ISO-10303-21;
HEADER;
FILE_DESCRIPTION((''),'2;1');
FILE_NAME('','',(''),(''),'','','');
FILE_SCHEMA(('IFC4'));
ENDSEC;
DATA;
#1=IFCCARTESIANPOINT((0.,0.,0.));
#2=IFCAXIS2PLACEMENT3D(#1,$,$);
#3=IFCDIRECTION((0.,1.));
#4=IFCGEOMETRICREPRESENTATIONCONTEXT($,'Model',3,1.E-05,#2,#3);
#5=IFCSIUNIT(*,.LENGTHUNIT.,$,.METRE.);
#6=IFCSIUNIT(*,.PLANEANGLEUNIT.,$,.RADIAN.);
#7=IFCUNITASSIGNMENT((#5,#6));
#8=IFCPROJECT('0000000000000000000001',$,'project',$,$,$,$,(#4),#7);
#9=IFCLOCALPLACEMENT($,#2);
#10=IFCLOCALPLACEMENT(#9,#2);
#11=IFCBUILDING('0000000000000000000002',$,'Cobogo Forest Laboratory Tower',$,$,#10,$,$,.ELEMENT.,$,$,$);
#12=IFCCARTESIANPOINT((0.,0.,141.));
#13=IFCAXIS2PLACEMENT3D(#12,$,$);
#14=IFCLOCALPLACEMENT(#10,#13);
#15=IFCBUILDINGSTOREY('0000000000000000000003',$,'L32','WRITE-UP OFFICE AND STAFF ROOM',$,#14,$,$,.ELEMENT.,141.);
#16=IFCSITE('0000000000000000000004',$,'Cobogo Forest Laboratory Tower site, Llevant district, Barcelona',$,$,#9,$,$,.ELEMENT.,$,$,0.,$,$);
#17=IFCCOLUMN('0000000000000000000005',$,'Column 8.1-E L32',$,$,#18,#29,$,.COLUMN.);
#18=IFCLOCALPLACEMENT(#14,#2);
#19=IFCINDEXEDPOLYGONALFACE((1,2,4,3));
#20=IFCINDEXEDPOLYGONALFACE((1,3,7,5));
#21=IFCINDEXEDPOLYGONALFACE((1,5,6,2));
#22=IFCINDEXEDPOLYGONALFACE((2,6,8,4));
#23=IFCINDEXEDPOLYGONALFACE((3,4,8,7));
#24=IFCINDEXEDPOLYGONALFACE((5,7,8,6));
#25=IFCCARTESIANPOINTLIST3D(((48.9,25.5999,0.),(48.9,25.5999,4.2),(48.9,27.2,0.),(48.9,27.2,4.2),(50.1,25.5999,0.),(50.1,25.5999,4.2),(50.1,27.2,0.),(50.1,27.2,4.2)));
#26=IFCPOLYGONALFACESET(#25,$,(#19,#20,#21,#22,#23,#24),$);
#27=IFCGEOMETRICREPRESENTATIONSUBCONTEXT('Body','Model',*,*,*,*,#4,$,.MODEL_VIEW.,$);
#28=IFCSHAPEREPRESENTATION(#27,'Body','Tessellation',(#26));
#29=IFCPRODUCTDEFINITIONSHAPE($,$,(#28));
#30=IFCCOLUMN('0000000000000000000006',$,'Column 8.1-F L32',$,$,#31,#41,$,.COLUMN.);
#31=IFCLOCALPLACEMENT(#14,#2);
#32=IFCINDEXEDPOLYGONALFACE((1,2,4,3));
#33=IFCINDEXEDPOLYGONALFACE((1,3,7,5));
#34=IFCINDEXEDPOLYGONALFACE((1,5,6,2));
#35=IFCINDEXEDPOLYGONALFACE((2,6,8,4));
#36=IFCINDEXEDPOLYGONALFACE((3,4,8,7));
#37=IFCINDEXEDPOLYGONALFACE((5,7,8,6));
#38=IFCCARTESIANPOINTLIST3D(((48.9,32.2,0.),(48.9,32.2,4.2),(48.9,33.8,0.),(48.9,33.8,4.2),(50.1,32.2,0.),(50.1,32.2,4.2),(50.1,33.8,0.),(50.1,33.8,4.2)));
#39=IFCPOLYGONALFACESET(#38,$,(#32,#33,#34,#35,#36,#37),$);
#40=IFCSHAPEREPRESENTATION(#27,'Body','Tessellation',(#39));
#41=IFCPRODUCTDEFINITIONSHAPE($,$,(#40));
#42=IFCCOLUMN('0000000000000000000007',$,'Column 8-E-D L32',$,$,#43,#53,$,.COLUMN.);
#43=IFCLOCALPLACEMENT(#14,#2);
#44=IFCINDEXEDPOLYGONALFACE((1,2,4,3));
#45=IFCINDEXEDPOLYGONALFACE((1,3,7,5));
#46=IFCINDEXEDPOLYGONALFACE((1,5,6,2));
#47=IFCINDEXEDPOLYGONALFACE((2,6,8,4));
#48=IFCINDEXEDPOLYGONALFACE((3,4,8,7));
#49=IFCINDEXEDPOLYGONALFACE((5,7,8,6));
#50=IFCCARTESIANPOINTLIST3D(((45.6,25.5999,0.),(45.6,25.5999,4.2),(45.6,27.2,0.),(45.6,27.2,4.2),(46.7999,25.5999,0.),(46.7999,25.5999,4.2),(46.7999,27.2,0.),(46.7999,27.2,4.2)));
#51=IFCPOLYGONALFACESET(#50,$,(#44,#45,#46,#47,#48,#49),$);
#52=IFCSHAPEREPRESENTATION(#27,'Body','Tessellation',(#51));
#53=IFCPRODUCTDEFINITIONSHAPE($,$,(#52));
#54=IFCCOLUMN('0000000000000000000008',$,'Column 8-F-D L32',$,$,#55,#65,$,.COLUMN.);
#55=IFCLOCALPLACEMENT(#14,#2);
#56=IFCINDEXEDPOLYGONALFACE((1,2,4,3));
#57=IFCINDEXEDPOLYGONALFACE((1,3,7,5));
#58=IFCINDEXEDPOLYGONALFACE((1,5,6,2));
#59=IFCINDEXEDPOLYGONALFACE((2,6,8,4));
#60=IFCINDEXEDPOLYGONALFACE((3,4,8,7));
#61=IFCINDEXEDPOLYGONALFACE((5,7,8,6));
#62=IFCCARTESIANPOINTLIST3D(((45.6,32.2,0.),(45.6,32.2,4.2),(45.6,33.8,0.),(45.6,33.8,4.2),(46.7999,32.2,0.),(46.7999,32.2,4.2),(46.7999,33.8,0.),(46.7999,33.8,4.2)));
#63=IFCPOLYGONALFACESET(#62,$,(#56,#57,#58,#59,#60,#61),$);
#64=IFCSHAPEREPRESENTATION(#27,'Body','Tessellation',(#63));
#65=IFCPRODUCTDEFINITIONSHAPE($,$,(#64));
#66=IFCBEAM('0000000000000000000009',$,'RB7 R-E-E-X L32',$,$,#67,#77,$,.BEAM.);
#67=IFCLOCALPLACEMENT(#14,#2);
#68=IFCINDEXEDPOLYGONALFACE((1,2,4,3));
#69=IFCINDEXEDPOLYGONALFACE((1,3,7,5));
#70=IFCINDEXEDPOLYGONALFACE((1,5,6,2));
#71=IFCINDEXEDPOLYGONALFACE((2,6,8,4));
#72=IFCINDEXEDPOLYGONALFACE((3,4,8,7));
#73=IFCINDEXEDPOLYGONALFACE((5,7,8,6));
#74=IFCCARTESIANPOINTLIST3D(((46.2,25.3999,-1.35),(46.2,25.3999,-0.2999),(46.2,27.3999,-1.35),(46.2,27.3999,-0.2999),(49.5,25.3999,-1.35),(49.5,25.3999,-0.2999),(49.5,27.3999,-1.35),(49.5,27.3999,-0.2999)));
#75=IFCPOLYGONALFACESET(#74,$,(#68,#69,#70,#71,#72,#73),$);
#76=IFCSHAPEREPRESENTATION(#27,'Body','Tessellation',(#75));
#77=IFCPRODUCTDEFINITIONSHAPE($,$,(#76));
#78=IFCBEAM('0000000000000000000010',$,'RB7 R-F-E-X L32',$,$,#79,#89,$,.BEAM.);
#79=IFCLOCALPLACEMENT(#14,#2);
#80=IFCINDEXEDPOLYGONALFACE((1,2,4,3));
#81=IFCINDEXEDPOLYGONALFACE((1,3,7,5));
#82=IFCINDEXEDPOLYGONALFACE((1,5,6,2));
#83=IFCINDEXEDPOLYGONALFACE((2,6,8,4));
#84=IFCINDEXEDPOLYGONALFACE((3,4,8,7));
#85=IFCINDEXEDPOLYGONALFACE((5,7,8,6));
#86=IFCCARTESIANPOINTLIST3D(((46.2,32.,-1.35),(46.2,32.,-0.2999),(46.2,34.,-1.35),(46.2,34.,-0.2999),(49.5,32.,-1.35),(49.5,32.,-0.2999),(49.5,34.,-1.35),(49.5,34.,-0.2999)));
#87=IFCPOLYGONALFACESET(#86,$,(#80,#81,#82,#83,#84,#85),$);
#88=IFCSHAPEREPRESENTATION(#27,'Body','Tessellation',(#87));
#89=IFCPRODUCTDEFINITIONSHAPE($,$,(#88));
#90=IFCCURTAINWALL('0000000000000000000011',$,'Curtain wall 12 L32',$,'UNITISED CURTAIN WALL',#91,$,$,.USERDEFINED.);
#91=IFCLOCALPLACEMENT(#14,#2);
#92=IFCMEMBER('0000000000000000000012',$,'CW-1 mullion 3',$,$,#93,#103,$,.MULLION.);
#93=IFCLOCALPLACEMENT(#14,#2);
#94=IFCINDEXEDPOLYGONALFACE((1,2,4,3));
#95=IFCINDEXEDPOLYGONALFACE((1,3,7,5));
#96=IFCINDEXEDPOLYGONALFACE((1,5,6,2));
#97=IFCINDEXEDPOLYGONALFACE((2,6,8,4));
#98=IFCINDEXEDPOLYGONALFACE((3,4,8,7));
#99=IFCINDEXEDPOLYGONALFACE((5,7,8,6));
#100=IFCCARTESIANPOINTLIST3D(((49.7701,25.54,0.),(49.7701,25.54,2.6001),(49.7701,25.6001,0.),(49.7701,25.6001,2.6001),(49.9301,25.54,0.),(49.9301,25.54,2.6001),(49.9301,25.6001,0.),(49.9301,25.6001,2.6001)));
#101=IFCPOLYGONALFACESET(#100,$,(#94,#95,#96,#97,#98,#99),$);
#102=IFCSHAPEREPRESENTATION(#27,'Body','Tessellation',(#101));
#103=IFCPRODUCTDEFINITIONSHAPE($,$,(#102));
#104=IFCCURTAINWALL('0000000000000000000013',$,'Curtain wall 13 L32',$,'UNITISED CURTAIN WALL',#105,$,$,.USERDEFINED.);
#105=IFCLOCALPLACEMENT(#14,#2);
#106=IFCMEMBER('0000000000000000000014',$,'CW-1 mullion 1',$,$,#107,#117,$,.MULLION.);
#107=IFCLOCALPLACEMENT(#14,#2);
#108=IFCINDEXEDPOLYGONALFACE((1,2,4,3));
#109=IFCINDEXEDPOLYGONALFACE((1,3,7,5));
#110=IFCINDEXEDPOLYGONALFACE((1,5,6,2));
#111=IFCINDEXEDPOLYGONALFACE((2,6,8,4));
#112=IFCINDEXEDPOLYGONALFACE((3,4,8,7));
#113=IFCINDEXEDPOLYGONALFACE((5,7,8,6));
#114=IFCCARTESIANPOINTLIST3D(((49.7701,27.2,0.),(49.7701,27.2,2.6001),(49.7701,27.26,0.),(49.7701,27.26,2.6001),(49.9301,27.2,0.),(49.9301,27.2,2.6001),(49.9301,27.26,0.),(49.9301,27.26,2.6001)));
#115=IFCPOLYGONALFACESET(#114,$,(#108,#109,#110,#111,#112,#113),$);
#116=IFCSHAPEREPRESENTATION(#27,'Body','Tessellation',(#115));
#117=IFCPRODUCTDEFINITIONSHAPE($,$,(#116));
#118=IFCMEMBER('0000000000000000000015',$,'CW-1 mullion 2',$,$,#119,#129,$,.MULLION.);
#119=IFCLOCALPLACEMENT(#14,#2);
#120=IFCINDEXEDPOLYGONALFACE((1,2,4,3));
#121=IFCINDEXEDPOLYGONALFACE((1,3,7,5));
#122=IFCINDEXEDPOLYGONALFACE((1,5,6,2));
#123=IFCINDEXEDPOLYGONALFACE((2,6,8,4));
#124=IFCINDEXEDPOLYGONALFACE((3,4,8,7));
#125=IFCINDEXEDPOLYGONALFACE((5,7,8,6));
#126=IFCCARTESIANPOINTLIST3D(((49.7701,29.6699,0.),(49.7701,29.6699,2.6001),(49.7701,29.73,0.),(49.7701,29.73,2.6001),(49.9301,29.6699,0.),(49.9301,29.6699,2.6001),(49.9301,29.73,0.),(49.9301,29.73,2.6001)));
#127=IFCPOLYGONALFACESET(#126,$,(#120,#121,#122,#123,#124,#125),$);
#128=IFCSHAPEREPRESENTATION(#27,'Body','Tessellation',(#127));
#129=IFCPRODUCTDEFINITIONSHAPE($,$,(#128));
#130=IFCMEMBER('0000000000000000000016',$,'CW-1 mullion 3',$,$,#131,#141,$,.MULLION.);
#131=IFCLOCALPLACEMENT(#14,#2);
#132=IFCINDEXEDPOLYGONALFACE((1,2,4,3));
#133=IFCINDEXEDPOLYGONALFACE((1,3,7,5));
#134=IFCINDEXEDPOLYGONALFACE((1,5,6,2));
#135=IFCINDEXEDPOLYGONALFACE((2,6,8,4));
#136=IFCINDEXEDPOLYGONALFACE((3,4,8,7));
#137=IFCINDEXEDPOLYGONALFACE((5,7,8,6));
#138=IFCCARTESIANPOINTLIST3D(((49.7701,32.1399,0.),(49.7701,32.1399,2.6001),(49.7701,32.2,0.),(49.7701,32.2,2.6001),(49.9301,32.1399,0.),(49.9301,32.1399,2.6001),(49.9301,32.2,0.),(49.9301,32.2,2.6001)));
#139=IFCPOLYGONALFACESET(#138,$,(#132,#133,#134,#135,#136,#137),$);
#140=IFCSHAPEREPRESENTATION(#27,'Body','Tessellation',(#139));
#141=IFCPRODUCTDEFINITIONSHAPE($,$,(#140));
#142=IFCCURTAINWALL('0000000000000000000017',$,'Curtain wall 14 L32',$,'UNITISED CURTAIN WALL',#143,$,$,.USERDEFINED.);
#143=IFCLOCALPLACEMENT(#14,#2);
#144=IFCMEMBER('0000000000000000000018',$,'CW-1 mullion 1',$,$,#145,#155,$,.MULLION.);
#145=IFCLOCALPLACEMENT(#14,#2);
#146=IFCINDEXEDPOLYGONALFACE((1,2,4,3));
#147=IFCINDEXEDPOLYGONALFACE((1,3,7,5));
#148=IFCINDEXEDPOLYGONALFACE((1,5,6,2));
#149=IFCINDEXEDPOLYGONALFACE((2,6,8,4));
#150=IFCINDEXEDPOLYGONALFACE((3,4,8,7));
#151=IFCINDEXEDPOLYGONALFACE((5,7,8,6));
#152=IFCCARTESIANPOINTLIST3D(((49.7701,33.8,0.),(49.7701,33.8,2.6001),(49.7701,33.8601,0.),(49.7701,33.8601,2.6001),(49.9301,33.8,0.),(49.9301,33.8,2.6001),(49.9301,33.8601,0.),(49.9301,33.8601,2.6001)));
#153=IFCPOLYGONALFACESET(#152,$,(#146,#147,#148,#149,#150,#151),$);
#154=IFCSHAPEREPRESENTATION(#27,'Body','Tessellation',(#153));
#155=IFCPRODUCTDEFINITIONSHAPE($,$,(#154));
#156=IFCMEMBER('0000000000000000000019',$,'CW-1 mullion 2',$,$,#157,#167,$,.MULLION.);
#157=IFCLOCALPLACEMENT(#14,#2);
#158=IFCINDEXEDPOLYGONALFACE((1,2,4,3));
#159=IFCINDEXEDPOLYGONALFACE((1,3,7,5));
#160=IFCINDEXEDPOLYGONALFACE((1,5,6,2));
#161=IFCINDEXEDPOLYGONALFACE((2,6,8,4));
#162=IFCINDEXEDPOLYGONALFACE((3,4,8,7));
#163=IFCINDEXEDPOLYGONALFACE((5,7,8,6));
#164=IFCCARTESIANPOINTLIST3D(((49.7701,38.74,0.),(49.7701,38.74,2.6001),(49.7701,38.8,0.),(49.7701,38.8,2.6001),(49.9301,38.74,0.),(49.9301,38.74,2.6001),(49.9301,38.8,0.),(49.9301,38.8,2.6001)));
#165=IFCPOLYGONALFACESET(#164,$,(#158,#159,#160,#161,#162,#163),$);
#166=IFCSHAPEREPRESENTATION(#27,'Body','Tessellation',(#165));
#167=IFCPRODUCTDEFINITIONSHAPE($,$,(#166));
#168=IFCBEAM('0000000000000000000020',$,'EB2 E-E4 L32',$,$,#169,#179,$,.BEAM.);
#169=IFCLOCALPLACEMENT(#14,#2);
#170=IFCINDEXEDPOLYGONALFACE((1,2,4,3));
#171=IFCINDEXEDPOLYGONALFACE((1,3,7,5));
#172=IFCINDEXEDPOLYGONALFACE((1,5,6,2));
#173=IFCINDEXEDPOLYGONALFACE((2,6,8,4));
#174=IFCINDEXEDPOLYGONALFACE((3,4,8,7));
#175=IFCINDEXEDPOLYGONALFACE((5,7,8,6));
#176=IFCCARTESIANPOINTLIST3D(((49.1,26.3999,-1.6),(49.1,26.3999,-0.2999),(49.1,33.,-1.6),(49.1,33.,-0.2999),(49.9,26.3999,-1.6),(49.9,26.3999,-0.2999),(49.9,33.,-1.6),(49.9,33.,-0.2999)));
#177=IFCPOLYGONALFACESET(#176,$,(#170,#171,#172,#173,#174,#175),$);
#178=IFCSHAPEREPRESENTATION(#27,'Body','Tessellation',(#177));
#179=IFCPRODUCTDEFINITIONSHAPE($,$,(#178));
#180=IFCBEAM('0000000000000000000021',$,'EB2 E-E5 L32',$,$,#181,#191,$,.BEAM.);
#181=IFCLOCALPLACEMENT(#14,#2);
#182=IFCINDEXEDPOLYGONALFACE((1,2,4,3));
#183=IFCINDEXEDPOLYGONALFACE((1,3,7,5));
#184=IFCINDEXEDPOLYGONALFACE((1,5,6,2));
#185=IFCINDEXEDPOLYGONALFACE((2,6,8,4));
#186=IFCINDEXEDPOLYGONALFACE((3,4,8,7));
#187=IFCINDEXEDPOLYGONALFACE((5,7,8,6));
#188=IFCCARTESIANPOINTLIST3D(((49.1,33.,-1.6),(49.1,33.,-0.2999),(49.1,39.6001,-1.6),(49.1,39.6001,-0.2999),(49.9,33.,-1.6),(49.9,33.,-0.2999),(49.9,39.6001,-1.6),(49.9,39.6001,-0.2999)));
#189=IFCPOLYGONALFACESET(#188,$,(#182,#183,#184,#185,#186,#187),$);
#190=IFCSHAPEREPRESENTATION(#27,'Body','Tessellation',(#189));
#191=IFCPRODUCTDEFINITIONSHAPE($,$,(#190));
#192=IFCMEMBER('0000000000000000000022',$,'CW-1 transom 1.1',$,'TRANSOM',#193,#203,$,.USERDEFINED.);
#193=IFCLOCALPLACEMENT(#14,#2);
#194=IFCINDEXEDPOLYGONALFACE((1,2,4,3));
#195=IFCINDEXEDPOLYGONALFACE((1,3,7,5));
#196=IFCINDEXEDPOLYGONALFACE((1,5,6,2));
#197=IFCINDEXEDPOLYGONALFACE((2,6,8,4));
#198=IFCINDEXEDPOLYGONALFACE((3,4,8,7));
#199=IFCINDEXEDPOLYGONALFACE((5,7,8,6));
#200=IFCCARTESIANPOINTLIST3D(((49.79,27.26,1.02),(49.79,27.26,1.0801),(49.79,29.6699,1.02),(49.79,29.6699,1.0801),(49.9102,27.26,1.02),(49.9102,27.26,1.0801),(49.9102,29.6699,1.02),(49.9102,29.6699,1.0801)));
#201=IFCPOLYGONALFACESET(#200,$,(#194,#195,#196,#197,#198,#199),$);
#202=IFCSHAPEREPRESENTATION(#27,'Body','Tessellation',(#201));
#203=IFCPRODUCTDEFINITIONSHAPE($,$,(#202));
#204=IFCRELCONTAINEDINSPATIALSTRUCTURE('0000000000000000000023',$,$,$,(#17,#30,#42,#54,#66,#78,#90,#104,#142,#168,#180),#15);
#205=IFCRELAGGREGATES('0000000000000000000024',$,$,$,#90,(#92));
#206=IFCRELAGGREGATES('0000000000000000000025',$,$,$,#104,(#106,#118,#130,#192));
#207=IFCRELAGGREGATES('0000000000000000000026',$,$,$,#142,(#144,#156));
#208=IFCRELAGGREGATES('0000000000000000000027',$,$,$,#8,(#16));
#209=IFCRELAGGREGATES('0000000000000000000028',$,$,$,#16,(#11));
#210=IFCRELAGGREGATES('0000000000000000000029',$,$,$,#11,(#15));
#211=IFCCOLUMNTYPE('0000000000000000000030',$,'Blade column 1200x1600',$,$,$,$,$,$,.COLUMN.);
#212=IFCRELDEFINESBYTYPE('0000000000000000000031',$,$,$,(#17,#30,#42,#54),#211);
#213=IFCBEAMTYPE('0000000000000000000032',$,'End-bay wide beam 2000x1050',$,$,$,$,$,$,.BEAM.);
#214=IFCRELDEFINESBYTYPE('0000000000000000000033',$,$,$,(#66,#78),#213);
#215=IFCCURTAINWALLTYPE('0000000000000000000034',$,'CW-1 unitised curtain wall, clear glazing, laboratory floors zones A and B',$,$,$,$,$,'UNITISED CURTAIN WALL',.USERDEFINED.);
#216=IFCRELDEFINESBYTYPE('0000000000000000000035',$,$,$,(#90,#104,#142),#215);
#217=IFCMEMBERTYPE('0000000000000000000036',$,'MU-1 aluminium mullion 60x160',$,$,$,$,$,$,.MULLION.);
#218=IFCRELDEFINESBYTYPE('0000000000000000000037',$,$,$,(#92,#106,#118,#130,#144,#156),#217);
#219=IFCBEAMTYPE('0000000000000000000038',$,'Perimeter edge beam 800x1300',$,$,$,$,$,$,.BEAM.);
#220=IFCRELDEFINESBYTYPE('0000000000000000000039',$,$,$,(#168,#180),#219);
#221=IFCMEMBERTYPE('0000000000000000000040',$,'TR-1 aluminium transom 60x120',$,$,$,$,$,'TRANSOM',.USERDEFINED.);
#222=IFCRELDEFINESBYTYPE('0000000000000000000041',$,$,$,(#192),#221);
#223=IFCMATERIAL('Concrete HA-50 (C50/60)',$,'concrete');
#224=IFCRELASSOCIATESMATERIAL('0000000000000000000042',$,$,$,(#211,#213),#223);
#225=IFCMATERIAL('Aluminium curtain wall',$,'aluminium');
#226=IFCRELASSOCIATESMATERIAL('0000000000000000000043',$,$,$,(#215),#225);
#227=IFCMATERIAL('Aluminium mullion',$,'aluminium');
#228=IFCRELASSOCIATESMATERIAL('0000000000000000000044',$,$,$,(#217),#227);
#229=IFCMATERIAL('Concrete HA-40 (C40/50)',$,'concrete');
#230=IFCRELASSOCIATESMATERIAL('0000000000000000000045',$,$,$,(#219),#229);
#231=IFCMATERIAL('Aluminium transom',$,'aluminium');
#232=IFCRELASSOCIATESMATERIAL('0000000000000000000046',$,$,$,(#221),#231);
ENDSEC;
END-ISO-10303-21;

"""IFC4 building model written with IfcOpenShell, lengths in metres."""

from ifc_helpers import new_model, si_unit, direction, frame, origin, origin_2d, place, context, subcontext, project, spatial, rectangle, extrude, material, material_profile, profile_set, type_object, element, aggregate, save


model = new_model("IFC4")

# Units and contexts
model_context = context("Model", 3, precision=1e-05, world=origin(), true_north=direction((0.0, 1.0)))
body_context = subcontext(model_context, "Body", "Model", "MODEL_VIEW")
ifc_project = project(units=[si_unit("LENGTHUNIT", "METRE"), si_unit("PLANEANGLEUNIT", "RADIAN")], contexts=[model_context])

# Site, building, storey
site_placement = place(None, origin())
site = spatial("IfcSite", under=ifc_project, at=site_placement, Name="Cobogo Forest Laboratory Tower site, Llevant district, Barcelona", CompositionType="ELEMENT", RefElevation=0.0)
building_placement = place(site_placement, origin())
building = spatial("IfcBuilding", under=site, at=building_placement, Name="Cobogo Forest Laboratory Tower", CompositionType="ELEMENT")
storey_placement = place(building_placement, frame((0.0, 0.0, 141.0)))
storey = spatial("IfcBuildingStorey", under=building, at=storey_placement, Name="L32", Description="WRITE-UP OFFICE AND STAFF ROOM", CompositionType="ELEMENT", Elevation=141.0)

# Columns
ifc_material_1 = material(Name="Concrete HA-50 (C50/60)", Category="concrete")
ifc_material_profile_1 = material_profile(ifc_material_1, rectangle(XDim=1.6001, YDim=1.2, at=origin_2d()), Name="RC 1200x1600")
ifc_profile_set_1 = profile_set([ifc_material_profile_1], Name="Concrete HA-50 (C50/60)")
column_type = type_object("IfcColumnType", Name="Blade column 1200x1600", PredefinedType="COLUMN", material=ifc_profile_set_1)
for number, where, z_axis, x_axis, name in (
    (1, (49.5, 26.3999, 0.0), (0.0, 0.0, 1.0), (0.0, 1.0, 0.0), "Column 8.1-E L32"),
    (2, (49.5, 33.0, 0.0), (0.0, 0.0, 1.0), (0.0, 1.0, 0.0), "Column 8.1-F L32"),
    (3, (46.2, 26.3999, 0.0), (0.0, 0.0, 1.0), (0.0, 1.0, 0.0), "Column 8-E-D L32"),
    (4, (46.2, 33.0, 0.0), (0.0, 0.0, 1.0), (0.0, 1.0, 0.0), "Column 8-F-D L32"),
):
    element("IfcColumn", number, at=place(storey_placement, frame(where, z_axis=z_axis, x_axis=x_axis)), inside=storey, type_object=column_type, Name=name, PredefinedType="COLUMN", context=body_context, shape_type="SweptSolid", body=[
        extrude(rectangle(XDim=1.6001, YDim=1.2, at=origin_2d()), origin(), (0.0, 0.0, 1.0), 4.2),
    ])

# Beams
ifc_material_profile_2 = material_profile(ifc_material_1, rectangle(XDim=2.0, YDim=1.05, at=origin_2d()), Name="RC 2000x1050")
ifc_profile_set_2 = profile_set([ifc_material_profile_2], Name="Concrete HA-50 (C50/60)")
beam_type_1 = type_object("IfcBeamType", Name="End-bay wide beam 2000x1050", PredefinedType="BEAM", material=ifc_profile_set_2)
for number, where, z_axis, x_axis, name in (
    (5, (49.5, 26.3999, -0.825), (-1.0, 0.0, 0.0), (0.0, -1.0, 0.0), "RB7 R-E-E-X L32"),
    (6, (49.5, 33.0, -0.825), (-1.0, 0.0, 0.0), (0.0, -1.0, 0.0), "RB7 R-F-E-X L32"),
):
    element("IfcBeam", number, at=place(storey_placement, frame(where, z_axis=z_axis, x_axis=x_axis)), inside=storey, type_object=beam_type_1, Name=name, PredefinedType="BEAM", context=body_context, shape_type="SweptSolid", body=[
        extrude(rectangle(XDim=2.0, YDim=1.05, at=origin_2d()), origin(), (0.0, 0.0, 1.0), 3.3),
    ])

# Curtain wall, member
ifc_material_2 = material(Name="Aluminium curtain wall", Category="aluminium")
curtain_wall_type = type_object("IfcCurtainWallType", Name="CW-1 unitised curtain wall, clear glazing, laboratory floors zones A and B", ElementType="UNITISED CURTAIN WALL", PredefinedType="USERDEFINED", material=ifc_material_2)
curtain_wall_1_placement = place(storey_placement, origin())
curtain_wall_1 = element("IfcCurtainWall", 7, at=curtain_wall_1_placement, inside=storey, type_object=curtain_wall_type, Name="Curtain wall 12 L32", ObjectType="UNITISED CURTAIN WALL", PredefinedType="USERDEFINED")
ifc_material_3 = material(Name="Aluminium mullion", Category="aluminium")
ifc_material_profile_3 = material_profile(ifc_material_3, rectangle(XDim=0.0601, YDim=0.1599, at=origin_2d()), Name="AL 60x160")
ifc_profile_set_3 = profile_set([ifc_material_profile_3], Name="Aluminium mullion")
member_type_1 = type_object("IfcMemberType", Name="MU-1 aluminium mullion 60x160", PredefinedType="MULLION", material=ifc_profile_set_3)
member_1_placement = place(storey_placement, frame((49.8501, 25.5701, 0.0), z_axis=(0.0, 0.0, 1.0), x_axis=(0.0, 1.0, 0.0)))
member_1 = element("IfcMember", 8, at=member_1_placement, type_object=member_type_1, Name="CW-1 mullion 3", PredefinedType="MULLION", context=body_context, shape_type="SweptSolid", body=[
    extrude(rectangle(XDim=0.0601, YDim=0.1599, at=origin_2d()), origin(), (0.0, 0.0, 1.0), 2.6001),
])

# Curtain walls, members
curtain_wall_2_placement = place(storey_placement, origin())
curtain_wall_2 = element("IfcCurtainWall", 9, at=curtain_wall_2_placement, inside=storey, type_object=curtain_wall_type, Name="Curtain wall 13 L32", ObjectType="UNITISED CURTAIN WALL", PredefinedType="USERDEFINED")
member_2_placement = place(storey_placement, frame((49.8501, 27.23, 0.0), z_axis=(0.0, 0.0, 1.0), x_axis=(0.0, 1.0, 0.0)))
member_2 = element("IfcMember", 10, at=member_2_placement, type_object=member_type_1, Name="CW-1 mullion 1", PredefinedType="MULLION", context=body_context, shape_type="SweptSolid", body=[
    extrude(rectangle(XDim=0.0601, YDim=0.1599, at=origin_2d()), origin(), (0.0, 0.0, 1.0), 2.6001),
])
member_3_placement = place(storey_placement, frame((49.8501, 29.7, 0.0), z_axis=(0.0, 0.0, 1.0), x_axis=(0.0, 1.0, 0.0)))
member_3 = element("IfcMember", 11, at=member_3_placement, type_object=member_type_1, Name="CW-1 mullion 2", PredefinedType="MULLION", context=body_context, shape_type="SweptSolid", body=[
    extrude(rectangle(XDim=0.0601, YDim=0.1599, at=origin_2d()), origin(), (0.0, 0.0, 1.0), 2.6001),
])
member_4_placement = place(storey_placement, frame((49.8501, 32.1699, 0.0), z_axis=(0.0, 0.0, 1.0), x_axis=(0.0, 1.0, 0.0)))
member_4 = element("IfcMember", 12, at=member_4_placement, type_object=member_type_1, Name="CW-1 mullion 3", PredefinedType="MULLION", context=body_context, shape_type="SweptSolid", body=[
    extrude(rectangle(XDim=0.0601, YDim=0.1599, at=origin_2d()), origin(), (0.0, 0.0, 1.0), 2.6001),
])
curtain_wall_3_placement = place(storey_placement, origin())
curtain_wall_3 = element("IfcCurtainWall", 13, at=curtain_wall_3_placement, inside=storey, type_object=curtain_wall_type, Name="Curtain wall 14 L32", ObjectType="UNITISED CURTAIN WALL", PredefinedType="USERDEFINED")
member_5_placement = place(storey_placement, frame((49.8501, 33.8301, 0.0), z_axis=(0.0, 0.0, 1.0), x_axis=(0.0, 1.0, 0.0)))
member_5 = element("IfcMember", 14, at=member_5_placement, type_object=member_type_1, Name="CW-1 mullion 1", PredefinedType="MULLION", context=body_context, shape_type="SweptSolid", body=[
    extrude(rectangle(XDim=0.0601, YDim=0.1599, at=origin_2d()), origin(), (0.0, 0.0, 1.0), 2.6001),
])
member_6_placement = place(storey_placement, frame((49.8501, 38.77, 0.0), z_axis=(0.0, 0.0, 1.0), x_axis=(0.0, 1.0, 0.0)))
member_6 = element("IfcMember", 15, at=member_6_placement, type_object=member_type_1, Name="CW-1 mullion 2", PredefinedType="MULLION", context=body_context, shape_type="SweptSolid", body=[
    extrude(rectangle(XDim=0.0601, YDim=0.1599, at=origin_2d()), origin(), (0.0, 0.0, 1.0), 2.6001),
])

# Beams
ifc_material_4 = material(Name="Concrete HA-40 (C40/50)", Category="concrete")
ifc_material_profile_4 = material_profile(ifc_material_4, rectangle(XDim=0.8, YDim=1.3, at=origin_2d()), Name="RC 800x1300")
ifc_profile_set_4 = profile_set([ifc_material_profile_4], Name="Concrete HA-40 (C40/50)")
beam_type_2 = type_object("IfcBeamType", Name="Perimeter edge beam 800x1300", PredefinedType="BEAM", material=ifc_profile_set_4)
for number, where, z_axis, x_axis, name in (
    (16, (49.5, 26.3999, -0.95), (0.0, 1.0, 0.0), (-1.0, 0.0, 0.0), "EB2 E-E4 L32"),
    (17, (49.5, 33.0, -0.95), (0.0, 1.0, 0.0), (-1.0, 0.0, 0.0), "EB2 E-E5 L32"),
):
    element("IfcBeam", number, at=place(storey_placement, frame(where, z_axis=z_axis, x_axis=x_axis)), inside=storey, type_object=beam_type_2, Name=name, PredefinedType="BEAM", context=body_context, shape_type="SweptSolid", body=[
        extrude(rectangle(XDim=0.8, YDim=1.3, at=origin_2d()), origin(), (0.0, 0.0, 1.0), 6.6001),
    ])

# Member
ifc_material_5 = material(Name="Aluminium transom", Category="aluminium")
ifc_material_profile_5 = material_profile(ifc_material_5, rectangle(XDim=0.1201, YDim=0.0601, at=origin_2d()), Name="AL 60x120")
ifc_profile_set_5 = profile_set([ifc_material_profile_5], Name="Aluminium transom")
member_type_2 = type_object("IfcMemberType", Name="TR-1 aluminium transom 60x120", ElementType="TRANSOM", PredefinedType="USERDEFINED", material=ifc_profile_set_5)
member_7_placement = place(storey_placement, frame((49.8501, 27.26, 1.05), z_axis=(0.0, 1.0, 0.0), x_axis=(-1.0, 0.0, 0.0)))
member_7 = element("IfcMember", 18, at=member_7_placement, type_object=member_type_2, Name="CW-1 transom 1.1", ObjectType="TRANSOM", PredefinedType="USERDEFINED", context=body_context, shape_type="SweptSolid", body=[
    extrude(rectangle(XDim=0.1201, YDim=0.0601, at=origin_2d()), origin(), (0.0, 0.0, 1.0), 2.4099),
])

aggregate(curtain_wall_1, [member_1])
aggregate(curtain_wall_2, [member_2, member_3, member_4, member_7])
aggregate(curtain_wall_3, [member_5, member_6])

save(model, "model.ifc")
